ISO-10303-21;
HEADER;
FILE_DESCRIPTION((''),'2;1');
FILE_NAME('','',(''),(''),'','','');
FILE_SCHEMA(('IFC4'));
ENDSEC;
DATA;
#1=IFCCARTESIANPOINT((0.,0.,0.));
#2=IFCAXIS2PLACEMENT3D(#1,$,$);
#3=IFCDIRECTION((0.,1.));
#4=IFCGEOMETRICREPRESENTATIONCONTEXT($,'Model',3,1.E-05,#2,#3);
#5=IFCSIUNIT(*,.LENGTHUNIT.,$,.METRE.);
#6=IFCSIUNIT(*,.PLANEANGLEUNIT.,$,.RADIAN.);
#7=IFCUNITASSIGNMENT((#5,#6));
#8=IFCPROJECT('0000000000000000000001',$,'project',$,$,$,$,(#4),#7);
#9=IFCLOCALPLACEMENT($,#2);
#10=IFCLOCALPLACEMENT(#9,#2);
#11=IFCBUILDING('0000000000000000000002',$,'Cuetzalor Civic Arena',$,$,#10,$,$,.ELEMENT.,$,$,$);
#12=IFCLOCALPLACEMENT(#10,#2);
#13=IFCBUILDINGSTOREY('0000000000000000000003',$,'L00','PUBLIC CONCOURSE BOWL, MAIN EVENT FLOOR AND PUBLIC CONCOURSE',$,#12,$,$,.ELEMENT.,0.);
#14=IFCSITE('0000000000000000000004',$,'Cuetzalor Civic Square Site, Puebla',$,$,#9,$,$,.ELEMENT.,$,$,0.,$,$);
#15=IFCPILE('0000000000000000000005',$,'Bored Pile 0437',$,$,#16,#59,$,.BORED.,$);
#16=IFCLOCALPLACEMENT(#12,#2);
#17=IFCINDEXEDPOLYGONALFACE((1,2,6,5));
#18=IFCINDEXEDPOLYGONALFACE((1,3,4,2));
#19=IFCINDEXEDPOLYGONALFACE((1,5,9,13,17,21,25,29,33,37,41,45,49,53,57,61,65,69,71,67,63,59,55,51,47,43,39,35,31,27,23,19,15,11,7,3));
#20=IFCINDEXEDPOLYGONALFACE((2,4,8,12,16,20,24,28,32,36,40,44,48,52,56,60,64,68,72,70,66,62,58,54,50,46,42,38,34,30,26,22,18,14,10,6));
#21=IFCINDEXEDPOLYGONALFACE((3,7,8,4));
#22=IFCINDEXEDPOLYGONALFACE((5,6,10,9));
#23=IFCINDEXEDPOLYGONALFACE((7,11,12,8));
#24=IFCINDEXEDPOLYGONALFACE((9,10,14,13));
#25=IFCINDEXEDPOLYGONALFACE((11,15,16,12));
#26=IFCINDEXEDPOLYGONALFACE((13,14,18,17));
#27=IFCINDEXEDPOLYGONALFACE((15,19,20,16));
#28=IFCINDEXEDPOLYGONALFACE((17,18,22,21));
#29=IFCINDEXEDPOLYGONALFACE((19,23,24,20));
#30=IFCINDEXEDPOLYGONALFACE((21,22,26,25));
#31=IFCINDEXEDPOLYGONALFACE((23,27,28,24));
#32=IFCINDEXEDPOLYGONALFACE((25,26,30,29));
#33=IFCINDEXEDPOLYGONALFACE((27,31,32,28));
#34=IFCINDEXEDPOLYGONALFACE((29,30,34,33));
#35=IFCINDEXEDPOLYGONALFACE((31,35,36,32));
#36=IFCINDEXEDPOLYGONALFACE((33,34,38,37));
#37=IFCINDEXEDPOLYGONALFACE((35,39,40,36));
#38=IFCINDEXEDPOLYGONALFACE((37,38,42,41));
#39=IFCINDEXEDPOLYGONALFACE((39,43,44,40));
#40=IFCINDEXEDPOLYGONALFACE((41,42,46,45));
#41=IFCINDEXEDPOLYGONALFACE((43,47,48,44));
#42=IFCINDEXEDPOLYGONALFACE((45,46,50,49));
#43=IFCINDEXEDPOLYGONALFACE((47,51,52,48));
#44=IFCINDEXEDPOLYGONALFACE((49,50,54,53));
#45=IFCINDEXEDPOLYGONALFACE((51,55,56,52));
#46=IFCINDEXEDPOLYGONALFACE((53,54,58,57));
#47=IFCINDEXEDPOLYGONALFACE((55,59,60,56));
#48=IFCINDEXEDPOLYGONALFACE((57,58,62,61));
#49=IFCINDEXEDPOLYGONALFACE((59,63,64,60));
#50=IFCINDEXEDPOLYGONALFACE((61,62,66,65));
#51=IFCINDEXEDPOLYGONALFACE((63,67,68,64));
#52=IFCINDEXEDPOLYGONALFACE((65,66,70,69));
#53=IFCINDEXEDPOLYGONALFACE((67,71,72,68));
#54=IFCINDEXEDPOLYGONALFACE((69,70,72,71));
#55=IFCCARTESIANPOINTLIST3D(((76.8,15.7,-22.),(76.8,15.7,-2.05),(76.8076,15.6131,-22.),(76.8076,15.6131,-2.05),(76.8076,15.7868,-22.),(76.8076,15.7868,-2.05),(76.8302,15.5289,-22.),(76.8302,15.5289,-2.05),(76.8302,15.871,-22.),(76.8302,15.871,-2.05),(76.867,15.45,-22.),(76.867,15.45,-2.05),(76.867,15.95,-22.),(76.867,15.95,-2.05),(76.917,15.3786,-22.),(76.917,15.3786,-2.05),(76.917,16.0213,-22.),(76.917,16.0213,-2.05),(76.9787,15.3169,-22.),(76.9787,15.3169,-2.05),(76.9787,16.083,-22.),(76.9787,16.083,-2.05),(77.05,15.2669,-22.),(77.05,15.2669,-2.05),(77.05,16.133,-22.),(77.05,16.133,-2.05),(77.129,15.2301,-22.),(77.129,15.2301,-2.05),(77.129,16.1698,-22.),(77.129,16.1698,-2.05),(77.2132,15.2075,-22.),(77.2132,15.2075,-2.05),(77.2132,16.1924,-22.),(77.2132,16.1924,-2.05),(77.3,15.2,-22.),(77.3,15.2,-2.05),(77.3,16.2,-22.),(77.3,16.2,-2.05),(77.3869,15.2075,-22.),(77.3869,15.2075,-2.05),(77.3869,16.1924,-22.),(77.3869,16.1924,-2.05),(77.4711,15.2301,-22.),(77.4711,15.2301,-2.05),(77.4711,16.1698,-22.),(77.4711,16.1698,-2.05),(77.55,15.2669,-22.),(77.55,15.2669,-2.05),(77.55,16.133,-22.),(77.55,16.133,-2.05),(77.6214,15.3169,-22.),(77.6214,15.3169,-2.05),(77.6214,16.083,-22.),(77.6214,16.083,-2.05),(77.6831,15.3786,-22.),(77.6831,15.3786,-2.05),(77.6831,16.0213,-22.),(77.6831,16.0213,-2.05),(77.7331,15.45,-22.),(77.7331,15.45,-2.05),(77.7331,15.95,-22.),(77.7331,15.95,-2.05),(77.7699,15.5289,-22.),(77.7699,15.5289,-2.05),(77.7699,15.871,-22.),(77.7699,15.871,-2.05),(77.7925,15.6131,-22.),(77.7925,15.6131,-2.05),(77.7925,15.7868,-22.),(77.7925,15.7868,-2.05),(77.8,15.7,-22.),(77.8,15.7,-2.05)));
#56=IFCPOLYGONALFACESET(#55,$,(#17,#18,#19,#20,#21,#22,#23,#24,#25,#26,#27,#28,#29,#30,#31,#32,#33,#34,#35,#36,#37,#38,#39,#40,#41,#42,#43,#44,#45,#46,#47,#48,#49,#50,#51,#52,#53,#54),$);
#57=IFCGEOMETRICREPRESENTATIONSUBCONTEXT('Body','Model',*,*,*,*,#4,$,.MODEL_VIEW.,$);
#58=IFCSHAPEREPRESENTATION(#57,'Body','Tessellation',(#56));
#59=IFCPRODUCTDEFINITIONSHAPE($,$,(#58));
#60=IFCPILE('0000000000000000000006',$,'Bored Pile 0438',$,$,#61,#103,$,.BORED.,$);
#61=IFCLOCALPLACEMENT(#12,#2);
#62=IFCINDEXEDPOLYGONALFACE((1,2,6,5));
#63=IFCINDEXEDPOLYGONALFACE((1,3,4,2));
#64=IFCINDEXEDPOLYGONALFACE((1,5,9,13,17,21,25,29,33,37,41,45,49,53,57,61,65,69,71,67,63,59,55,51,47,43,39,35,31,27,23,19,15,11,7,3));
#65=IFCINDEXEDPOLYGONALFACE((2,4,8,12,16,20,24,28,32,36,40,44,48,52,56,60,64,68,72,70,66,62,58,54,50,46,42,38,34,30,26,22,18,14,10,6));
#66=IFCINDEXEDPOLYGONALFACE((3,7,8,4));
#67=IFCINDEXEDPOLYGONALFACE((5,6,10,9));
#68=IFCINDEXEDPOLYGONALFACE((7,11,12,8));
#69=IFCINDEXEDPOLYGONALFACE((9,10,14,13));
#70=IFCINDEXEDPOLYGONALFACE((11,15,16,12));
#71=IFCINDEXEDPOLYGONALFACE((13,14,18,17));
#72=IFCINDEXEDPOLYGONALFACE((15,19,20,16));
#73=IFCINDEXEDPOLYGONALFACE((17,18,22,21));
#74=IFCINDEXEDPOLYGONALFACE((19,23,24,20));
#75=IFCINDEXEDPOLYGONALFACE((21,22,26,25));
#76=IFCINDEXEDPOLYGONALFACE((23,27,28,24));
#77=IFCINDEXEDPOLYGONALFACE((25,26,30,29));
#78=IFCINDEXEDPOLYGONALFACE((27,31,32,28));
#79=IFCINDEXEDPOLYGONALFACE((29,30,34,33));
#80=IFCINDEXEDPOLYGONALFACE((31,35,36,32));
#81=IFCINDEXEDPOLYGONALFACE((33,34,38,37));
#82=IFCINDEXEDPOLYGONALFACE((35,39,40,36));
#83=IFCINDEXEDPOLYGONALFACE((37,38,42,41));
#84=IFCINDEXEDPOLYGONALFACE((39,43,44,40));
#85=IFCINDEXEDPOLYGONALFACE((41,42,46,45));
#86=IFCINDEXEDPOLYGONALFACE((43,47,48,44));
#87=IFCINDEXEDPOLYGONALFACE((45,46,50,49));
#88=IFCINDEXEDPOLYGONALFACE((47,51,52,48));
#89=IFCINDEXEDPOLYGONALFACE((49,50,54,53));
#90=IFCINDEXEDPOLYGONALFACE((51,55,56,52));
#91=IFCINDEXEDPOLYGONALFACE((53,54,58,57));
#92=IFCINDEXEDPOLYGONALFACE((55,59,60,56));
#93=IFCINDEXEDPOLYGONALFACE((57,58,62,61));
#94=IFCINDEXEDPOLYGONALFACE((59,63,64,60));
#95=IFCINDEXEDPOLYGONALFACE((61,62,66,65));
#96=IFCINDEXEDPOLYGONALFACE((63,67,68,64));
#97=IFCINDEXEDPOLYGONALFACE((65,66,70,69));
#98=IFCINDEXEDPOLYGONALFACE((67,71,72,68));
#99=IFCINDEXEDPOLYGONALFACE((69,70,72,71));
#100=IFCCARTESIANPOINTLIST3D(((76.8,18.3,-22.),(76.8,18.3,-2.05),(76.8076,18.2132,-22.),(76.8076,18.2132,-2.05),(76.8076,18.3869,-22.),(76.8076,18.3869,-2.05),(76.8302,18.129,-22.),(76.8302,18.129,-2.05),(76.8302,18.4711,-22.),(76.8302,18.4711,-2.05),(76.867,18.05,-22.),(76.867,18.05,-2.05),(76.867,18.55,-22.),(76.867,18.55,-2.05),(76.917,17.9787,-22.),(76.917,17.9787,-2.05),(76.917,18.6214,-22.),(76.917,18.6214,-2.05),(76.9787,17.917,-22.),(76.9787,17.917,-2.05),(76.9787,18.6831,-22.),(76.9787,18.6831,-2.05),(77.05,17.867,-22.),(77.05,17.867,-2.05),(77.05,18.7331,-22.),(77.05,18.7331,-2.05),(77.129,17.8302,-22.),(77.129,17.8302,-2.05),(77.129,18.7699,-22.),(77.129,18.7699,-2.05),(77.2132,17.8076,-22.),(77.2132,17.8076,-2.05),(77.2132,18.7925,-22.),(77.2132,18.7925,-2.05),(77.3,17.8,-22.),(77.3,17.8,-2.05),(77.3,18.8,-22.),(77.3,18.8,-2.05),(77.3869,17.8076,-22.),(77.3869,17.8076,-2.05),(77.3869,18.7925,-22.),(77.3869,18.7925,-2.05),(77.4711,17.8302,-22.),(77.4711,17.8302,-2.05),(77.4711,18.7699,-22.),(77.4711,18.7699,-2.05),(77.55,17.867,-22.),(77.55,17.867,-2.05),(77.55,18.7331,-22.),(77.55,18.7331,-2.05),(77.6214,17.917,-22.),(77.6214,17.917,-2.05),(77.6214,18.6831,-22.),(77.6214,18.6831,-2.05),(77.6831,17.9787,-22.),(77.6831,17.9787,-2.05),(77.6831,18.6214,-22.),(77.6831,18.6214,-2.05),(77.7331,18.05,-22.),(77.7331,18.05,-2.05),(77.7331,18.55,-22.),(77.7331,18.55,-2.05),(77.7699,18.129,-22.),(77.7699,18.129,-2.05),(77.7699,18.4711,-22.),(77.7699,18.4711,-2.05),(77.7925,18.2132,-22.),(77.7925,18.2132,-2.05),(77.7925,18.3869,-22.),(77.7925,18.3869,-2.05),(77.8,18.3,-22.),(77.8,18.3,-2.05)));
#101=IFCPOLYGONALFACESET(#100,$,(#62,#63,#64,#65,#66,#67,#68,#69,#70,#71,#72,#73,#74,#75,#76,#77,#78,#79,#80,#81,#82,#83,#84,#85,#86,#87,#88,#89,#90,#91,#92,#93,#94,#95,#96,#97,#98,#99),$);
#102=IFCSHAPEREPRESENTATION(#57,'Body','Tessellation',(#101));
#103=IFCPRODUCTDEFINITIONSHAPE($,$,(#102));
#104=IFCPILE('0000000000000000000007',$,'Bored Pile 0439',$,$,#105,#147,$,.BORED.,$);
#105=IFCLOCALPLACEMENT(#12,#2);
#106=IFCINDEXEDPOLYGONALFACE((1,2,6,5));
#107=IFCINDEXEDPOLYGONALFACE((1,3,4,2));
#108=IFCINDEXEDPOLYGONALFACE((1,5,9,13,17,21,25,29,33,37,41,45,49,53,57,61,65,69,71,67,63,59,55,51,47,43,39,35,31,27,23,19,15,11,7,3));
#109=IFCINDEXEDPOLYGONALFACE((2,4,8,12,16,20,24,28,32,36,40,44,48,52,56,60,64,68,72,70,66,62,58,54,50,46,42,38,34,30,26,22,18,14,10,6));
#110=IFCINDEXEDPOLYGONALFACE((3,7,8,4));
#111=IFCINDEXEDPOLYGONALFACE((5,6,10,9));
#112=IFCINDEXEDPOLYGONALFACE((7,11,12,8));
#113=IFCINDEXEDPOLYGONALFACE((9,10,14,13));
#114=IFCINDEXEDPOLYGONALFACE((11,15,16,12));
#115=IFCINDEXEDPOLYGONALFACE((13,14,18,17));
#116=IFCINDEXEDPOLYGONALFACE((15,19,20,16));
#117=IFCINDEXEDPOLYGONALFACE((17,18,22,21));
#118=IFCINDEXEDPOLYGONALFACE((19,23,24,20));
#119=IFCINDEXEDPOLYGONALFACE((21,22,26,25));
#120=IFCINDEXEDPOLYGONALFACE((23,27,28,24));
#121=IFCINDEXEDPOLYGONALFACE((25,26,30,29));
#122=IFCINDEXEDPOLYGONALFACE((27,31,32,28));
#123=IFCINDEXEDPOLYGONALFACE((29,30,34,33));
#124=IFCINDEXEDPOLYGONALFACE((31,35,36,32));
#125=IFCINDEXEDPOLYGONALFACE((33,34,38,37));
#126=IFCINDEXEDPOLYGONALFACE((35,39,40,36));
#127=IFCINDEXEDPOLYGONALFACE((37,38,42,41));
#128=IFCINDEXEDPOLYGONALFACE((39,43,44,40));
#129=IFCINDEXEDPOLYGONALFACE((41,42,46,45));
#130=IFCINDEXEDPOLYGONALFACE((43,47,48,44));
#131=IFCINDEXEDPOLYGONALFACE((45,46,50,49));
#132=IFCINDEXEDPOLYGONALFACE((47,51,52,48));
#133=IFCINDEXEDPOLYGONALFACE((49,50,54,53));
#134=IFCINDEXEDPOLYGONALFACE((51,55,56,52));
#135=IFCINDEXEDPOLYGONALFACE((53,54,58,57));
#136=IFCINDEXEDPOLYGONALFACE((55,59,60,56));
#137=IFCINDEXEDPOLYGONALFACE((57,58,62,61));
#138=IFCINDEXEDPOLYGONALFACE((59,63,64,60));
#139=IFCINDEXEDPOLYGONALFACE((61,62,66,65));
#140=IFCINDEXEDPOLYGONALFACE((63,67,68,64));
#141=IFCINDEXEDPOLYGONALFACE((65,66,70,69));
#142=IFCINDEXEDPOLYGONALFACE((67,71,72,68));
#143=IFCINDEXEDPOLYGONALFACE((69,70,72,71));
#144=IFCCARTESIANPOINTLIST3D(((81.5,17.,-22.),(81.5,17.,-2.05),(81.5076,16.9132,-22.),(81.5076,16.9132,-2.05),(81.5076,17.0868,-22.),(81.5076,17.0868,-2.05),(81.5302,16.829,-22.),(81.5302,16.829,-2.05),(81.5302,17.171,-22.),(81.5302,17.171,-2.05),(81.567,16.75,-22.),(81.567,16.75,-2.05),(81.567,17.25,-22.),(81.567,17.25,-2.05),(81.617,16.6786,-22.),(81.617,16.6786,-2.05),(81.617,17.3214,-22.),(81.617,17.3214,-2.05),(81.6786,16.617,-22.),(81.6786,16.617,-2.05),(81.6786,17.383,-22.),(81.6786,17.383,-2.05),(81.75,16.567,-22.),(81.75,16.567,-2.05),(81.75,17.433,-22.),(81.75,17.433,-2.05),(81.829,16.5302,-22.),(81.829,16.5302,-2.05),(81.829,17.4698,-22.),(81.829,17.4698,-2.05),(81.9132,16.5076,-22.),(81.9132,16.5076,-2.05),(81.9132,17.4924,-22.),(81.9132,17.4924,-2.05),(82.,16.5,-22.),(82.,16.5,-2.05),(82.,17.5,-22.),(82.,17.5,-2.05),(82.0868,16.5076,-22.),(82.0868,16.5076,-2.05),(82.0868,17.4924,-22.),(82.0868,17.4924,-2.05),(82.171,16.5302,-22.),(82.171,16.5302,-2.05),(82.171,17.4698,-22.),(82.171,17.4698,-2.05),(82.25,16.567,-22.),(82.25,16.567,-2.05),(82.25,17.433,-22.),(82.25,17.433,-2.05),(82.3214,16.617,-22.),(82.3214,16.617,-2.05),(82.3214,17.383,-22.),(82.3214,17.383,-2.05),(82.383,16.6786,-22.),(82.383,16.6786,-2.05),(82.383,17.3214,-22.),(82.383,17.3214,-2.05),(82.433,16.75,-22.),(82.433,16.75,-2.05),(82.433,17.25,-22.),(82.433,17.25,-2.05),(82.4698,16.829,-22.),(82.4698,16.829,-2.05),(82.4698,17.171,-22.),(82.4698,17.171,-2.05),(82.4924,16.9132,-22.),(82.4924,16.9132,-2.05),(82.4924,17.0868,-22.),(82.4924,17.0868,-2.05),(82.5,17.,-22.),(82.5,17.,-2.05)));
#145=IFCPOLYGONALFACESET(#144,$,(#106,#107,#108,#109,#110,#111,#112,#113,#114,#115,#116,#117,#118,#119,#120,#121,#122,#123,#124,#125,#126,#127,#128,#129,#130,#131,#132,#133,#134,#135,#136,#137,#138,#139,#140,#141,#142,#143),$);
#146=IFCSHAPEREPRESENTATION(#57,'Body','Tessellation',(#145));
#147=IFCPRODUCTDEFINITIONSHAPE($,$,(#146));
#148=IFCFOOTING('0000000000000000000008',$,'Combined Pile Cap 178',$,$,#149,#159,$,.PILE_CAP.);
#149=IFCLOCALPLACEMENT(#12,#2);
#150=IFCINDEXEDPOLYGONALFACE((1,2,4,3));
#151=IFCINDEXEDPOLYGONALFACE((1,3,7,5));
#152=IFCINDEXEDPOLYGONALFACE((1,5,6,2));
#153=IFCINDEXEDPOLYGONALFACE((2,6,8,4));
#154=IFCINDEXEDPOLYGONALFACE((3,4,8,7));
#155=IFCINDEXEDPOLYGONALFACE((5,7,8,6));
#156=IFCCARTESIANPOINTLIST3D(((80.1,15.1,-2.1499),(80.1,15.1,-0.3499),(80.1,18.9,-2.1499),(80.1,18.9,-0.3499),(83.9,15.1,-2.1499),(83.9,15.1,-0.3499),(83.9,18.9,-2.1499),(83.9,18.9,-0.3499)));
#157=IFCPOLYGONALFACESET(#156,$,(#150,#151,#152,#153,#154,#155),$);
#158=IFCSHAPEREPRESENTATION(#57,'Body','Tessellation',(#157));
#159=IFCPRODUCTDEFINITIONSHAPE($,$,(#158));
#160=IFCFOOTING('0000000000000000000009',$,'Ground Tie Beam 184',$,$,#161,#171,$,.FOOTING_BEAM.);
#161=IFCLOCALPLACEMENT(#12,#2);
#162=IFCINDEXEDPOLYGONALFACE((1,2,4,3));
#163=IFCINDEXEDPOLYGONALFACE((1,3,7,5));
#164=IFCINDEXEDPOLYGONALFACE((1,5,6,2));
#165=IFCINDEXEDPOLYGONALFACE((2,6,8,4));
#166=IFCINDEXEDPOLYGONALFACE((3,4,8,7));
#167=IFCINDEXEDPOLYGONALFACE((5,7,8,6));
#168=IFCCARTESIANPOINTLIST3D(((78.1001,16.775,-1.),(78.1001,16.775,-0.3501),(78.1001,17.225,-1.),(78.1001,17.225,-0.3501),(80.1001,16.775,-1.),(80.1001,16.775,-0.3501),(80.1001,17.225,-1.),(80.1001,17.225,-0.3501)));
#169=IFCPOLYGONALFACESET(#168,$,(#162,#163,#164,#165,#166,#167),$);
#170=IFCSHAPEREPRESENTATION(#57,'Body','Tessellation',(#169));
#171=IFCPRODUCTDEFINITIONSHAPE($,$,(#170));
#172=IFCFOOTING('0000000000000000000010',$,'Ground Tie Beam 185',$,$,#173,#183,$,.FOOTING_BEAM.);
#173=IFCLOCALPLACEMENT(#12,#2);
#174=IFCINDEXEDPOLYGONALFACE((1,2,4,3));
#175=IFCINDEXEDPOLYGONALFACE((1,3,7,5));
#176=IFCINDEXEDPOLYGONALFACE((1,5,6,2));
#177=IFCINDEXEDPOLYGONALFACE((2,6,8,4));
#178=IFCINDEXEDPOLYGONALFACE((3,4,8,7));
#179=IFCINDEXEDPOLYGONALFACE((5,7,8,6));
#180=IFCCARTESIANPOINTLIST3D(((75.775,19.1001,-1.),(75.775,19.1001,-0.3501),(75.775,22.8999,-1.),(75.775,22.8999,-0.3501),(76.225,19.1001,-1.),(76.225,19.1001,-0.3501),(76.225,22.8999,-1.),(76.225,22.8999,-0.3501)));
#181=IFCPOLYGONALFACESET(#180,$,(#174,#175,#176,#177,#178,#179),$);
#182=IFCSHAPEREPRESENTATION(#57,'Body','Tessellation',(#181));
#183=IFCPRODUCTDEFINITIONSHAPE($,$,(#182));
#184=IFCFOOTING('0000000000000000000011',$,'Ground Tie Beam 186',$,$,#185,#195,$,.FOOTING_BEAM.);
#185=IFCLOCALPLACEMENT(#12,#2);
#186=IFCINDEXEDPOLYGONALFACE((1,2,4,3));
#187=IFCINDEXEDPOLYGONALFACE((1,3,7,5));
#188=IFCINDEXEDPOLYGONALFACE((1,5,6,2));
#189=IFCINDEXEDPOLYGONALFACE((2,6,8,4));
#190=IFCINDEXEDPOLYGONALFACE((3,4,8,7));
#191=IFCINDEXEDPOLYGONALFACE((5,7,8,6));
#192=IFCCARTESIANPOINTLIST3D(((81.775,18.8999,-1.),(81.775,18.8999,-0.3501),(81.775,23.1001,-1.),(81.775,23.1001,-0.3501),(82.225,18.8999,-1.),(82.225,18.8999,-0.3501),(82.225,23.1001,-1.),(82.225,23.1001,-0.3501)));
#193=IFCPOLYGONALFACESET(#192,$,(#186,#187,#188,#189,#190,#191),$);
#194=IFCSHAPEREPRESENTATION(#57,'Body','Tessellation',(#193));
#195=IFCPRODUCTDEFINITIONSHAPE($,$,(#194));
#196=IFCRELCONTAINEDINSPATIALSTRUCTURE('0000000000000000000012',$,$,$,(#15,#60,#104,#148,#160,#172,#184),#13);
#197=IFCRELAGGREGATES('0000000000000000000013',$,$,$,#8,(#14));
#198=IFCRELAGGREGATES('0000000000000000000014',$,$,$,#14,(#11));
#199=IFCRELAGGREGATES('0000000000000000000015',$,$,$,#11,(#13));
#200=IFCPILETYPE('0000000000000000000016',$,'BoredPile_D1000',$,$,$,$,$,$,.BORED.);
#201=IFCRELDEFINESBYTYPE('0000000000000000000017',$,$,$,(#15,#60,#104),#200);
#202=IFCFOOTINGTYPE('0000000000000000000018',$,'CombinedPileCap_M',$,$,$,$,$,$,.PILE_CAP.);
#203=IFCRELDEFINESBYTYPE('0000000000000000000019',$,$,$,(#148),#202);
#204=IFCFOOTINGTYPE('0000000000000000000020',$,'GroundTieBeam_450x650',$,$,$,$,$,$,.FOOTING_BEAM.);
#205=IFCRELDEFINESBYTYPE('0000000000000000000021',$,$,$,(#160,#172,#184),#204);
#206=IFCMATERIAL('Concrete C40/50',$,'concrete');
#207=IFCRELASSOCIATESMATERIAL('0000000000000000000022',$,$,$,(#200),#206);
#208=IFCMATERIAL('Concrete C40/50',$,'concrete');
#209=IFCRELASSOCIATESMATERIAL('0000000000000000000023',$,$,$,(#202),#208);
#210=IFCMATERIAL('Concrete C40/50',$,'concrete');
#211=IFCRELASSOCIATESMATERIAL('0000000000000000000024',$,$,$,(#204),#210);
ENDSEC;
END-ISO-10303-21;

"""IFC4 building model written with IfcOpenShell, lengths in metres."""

from ifc_helpers import new_model, si_unit, direction, frame, origin, origin_2d, place, context, subcontext, project, spatial, rectangle, circle, extrude, material, material_profile, profile_set, type_object, element, save


model = new_model("IFC4")

# Units and contexts
model_context = context("Model", 3, precision=1e-05, world=origin(), true_north=direction((0.0, 1.0)))
body_context = subcontext(model_context, "Body", "Model", "MODEL_VIEW")
ifc_project = project(units=[si_unit("LENGTHUNIT", "METRE"), si_unit("PLANEANGLEUNIT", "RADIAN")], contexts=[model_context])

# Site, building, storey
site_placement = place(None, origin())
site = spatial("IfcSite", under=ifc_project, at=site_placement, Name="Cuetzalor Civic Square Site, Puebla", CompositionType="ELEMENT", RefElevation=0.0)
building_placement = place(site_placement, origin())
building = spatial("IfcBuilding", under=site, at=building_placement, Name="Cuetzalor Civic Arena", CompositionType="ELEMENT")
storey_placement = place(building_placement, origin())
storey = spatial("IfcBuildingStorey", under=building, at=storey_placement, Name="L00", Description="PUBLIC CONCOURSE BOWL, MAIN EVENT FLOOR AND PUBLIC CONCOURSE", CompositionType="ELEMENT", Elevation=0.0)

# Piles
ifc_material_1 = material(Name="Concrete C40/50", Category="concrete")
ifc_material_profile_1 = material_profile(ifc_material_1, circle(Radius=0.5, at=origin_2d()), Name="BORED PILE D1000")
ifc_profile_set_1 = profile_set([ifc_material_profile_1], Name="Concrete C40/50")
pile_type = type_object("IfcPileType", Name="BoredPile_D1000", PredefinedType="BORED", material=ifc_profile_set_1)
for number, where, z_axis, x_axis, name in (
    (1, (77.3, 15.7, -2.05), (0.0, 0.0, -1.0), (1.0, 0.0, 0.0), "Bored Pile 0437"),
    (2, (77.3, 18.3, -2.05), (0.0, 0.0, -1.0), (1.0, 0.0, 0.0), "Bored Pile 0438"),
    (3, (82.0, 17.0, -2.05), (0.0, 0.0, -1.0), (1.0, 0.0, 0.0), "Bored Pile 0439"),
):
    element("IfcPile", number, at=place(storey_placement, frame(where, z_axis=z_axis, x_axis=x_axis)), inside=storey, type_object=pile_type, Name=name, PredefinedType="BORED", context=body_context, shape_type="SweptSolid", body=[
        extrude(circle(Radius=0.5, at=origin_2d()), origin(), (0.0, 0.0, 1.0), 19.95),
    ])

# Footings
ifc_material_2 = material(Name="Concrete C40/50", Category="concrete")
footing_type_1 = type_object("IfcFootingType", Name="CombinedPileCap_M", PredefinedType="PILE_CAP", material=ifc_material_2)
footing_1_placement = place(storey_placement, frame((82.0, 17.0, -2.1499), z_axis=(0.0, 0.0, 1.0), x_axis=(1.0, 0.0, 0.0)))
element("IfcFooting", 4, at=footing_1_placement, inside=storey, type_object=footing_type_1, Name="Combined Pile Cap 178", PredefinedType="PILE_CAP", context=body_context, shape_type="SweptSolid", body=[
    extrude(rectangle(XDim=3.8, YDim=3.8, at=origin_2d()), origin(), (0.0, 0.0, 1.0), 1.8),
])
ifc_material_3 = material(Name="Concrete C40/50", Category="concrete")
ifc_material_profile_2 = material_profile(ifc_material_3, rectangle(XDim=0.45, YDim=0.6499, at=origin_2d()), Name="RC 450x650")
ifc_profile_set_2 = profile_set([ifc_material_profile_2], Name="Concrete C40/50")
footing_type_2 = type_object("IfcFootingType", Name="GroundTieBeam_450x650", PredefinedType="FOOTING_BEAM", material=ifc_profile_set_2)
footing_2_placement = place(storey_placement, frame((78.1001, 17.0, -0.675), z_axis=(1.0, 0.0, 0.0), x_axis=(0.0, 1.0, 0.0)))
element("IfcFooting", 5, at=footing_2_placement, inside=storey, type_object=footing_type_2, Name="Ground Tie Beam 184", PredefinedType="FOOTING_BEAM", context=body_context, shape_type="SweptSolid", body=[
    extrude(rectangle(XDim=0.45, YDim=0.6499, at=origin_2d()), origin(), (0.0, 0.0, 1.0), 2.0),
])
footing_3_placement = place(storey_placement, frame((76.0, 19.1001, -0.675), z_axis=(0.0, 1.0, 0.0), x_axis=(-1.0, 0.0, 0.0)))
element("IfcFooting", 6, at=footing_3_placement, inside=storey, type_object=footing_type_2, Name="Ground Tie Beam 185", PredefinedType="FOOTING_BEAM", context=body_context, shape_type="SweptSolid", body=[
    extrude(rectangle(XDim=0.45, YDim=0.6499, at=origin_2d()), origin(), (0.0, 0.0, 1.0), 3.7998),
])
footing_4_placement = place(storey_placement, frame((82.0, 18.8999, -0.675), z_axis=(0.0, 1.0, 0.0), x_axis=(-1.0, 0.0, 0.0)))
element("IfcFooting", 7, at=footing_4_placement, inside=storey, type_object=footing_type_2, Name="Ground Tie Beam 186", PredefinedType="FOOTING_BEAM", context=body_context, shape_type="SweptSolid", body=[
    extrude(rectangle(XDim=0.45, YDim=0.6499, at=origin_2d()), origin(), (0.0, 0.0, 1.0), 4.2002),
])

save(model, "model.ifc")
